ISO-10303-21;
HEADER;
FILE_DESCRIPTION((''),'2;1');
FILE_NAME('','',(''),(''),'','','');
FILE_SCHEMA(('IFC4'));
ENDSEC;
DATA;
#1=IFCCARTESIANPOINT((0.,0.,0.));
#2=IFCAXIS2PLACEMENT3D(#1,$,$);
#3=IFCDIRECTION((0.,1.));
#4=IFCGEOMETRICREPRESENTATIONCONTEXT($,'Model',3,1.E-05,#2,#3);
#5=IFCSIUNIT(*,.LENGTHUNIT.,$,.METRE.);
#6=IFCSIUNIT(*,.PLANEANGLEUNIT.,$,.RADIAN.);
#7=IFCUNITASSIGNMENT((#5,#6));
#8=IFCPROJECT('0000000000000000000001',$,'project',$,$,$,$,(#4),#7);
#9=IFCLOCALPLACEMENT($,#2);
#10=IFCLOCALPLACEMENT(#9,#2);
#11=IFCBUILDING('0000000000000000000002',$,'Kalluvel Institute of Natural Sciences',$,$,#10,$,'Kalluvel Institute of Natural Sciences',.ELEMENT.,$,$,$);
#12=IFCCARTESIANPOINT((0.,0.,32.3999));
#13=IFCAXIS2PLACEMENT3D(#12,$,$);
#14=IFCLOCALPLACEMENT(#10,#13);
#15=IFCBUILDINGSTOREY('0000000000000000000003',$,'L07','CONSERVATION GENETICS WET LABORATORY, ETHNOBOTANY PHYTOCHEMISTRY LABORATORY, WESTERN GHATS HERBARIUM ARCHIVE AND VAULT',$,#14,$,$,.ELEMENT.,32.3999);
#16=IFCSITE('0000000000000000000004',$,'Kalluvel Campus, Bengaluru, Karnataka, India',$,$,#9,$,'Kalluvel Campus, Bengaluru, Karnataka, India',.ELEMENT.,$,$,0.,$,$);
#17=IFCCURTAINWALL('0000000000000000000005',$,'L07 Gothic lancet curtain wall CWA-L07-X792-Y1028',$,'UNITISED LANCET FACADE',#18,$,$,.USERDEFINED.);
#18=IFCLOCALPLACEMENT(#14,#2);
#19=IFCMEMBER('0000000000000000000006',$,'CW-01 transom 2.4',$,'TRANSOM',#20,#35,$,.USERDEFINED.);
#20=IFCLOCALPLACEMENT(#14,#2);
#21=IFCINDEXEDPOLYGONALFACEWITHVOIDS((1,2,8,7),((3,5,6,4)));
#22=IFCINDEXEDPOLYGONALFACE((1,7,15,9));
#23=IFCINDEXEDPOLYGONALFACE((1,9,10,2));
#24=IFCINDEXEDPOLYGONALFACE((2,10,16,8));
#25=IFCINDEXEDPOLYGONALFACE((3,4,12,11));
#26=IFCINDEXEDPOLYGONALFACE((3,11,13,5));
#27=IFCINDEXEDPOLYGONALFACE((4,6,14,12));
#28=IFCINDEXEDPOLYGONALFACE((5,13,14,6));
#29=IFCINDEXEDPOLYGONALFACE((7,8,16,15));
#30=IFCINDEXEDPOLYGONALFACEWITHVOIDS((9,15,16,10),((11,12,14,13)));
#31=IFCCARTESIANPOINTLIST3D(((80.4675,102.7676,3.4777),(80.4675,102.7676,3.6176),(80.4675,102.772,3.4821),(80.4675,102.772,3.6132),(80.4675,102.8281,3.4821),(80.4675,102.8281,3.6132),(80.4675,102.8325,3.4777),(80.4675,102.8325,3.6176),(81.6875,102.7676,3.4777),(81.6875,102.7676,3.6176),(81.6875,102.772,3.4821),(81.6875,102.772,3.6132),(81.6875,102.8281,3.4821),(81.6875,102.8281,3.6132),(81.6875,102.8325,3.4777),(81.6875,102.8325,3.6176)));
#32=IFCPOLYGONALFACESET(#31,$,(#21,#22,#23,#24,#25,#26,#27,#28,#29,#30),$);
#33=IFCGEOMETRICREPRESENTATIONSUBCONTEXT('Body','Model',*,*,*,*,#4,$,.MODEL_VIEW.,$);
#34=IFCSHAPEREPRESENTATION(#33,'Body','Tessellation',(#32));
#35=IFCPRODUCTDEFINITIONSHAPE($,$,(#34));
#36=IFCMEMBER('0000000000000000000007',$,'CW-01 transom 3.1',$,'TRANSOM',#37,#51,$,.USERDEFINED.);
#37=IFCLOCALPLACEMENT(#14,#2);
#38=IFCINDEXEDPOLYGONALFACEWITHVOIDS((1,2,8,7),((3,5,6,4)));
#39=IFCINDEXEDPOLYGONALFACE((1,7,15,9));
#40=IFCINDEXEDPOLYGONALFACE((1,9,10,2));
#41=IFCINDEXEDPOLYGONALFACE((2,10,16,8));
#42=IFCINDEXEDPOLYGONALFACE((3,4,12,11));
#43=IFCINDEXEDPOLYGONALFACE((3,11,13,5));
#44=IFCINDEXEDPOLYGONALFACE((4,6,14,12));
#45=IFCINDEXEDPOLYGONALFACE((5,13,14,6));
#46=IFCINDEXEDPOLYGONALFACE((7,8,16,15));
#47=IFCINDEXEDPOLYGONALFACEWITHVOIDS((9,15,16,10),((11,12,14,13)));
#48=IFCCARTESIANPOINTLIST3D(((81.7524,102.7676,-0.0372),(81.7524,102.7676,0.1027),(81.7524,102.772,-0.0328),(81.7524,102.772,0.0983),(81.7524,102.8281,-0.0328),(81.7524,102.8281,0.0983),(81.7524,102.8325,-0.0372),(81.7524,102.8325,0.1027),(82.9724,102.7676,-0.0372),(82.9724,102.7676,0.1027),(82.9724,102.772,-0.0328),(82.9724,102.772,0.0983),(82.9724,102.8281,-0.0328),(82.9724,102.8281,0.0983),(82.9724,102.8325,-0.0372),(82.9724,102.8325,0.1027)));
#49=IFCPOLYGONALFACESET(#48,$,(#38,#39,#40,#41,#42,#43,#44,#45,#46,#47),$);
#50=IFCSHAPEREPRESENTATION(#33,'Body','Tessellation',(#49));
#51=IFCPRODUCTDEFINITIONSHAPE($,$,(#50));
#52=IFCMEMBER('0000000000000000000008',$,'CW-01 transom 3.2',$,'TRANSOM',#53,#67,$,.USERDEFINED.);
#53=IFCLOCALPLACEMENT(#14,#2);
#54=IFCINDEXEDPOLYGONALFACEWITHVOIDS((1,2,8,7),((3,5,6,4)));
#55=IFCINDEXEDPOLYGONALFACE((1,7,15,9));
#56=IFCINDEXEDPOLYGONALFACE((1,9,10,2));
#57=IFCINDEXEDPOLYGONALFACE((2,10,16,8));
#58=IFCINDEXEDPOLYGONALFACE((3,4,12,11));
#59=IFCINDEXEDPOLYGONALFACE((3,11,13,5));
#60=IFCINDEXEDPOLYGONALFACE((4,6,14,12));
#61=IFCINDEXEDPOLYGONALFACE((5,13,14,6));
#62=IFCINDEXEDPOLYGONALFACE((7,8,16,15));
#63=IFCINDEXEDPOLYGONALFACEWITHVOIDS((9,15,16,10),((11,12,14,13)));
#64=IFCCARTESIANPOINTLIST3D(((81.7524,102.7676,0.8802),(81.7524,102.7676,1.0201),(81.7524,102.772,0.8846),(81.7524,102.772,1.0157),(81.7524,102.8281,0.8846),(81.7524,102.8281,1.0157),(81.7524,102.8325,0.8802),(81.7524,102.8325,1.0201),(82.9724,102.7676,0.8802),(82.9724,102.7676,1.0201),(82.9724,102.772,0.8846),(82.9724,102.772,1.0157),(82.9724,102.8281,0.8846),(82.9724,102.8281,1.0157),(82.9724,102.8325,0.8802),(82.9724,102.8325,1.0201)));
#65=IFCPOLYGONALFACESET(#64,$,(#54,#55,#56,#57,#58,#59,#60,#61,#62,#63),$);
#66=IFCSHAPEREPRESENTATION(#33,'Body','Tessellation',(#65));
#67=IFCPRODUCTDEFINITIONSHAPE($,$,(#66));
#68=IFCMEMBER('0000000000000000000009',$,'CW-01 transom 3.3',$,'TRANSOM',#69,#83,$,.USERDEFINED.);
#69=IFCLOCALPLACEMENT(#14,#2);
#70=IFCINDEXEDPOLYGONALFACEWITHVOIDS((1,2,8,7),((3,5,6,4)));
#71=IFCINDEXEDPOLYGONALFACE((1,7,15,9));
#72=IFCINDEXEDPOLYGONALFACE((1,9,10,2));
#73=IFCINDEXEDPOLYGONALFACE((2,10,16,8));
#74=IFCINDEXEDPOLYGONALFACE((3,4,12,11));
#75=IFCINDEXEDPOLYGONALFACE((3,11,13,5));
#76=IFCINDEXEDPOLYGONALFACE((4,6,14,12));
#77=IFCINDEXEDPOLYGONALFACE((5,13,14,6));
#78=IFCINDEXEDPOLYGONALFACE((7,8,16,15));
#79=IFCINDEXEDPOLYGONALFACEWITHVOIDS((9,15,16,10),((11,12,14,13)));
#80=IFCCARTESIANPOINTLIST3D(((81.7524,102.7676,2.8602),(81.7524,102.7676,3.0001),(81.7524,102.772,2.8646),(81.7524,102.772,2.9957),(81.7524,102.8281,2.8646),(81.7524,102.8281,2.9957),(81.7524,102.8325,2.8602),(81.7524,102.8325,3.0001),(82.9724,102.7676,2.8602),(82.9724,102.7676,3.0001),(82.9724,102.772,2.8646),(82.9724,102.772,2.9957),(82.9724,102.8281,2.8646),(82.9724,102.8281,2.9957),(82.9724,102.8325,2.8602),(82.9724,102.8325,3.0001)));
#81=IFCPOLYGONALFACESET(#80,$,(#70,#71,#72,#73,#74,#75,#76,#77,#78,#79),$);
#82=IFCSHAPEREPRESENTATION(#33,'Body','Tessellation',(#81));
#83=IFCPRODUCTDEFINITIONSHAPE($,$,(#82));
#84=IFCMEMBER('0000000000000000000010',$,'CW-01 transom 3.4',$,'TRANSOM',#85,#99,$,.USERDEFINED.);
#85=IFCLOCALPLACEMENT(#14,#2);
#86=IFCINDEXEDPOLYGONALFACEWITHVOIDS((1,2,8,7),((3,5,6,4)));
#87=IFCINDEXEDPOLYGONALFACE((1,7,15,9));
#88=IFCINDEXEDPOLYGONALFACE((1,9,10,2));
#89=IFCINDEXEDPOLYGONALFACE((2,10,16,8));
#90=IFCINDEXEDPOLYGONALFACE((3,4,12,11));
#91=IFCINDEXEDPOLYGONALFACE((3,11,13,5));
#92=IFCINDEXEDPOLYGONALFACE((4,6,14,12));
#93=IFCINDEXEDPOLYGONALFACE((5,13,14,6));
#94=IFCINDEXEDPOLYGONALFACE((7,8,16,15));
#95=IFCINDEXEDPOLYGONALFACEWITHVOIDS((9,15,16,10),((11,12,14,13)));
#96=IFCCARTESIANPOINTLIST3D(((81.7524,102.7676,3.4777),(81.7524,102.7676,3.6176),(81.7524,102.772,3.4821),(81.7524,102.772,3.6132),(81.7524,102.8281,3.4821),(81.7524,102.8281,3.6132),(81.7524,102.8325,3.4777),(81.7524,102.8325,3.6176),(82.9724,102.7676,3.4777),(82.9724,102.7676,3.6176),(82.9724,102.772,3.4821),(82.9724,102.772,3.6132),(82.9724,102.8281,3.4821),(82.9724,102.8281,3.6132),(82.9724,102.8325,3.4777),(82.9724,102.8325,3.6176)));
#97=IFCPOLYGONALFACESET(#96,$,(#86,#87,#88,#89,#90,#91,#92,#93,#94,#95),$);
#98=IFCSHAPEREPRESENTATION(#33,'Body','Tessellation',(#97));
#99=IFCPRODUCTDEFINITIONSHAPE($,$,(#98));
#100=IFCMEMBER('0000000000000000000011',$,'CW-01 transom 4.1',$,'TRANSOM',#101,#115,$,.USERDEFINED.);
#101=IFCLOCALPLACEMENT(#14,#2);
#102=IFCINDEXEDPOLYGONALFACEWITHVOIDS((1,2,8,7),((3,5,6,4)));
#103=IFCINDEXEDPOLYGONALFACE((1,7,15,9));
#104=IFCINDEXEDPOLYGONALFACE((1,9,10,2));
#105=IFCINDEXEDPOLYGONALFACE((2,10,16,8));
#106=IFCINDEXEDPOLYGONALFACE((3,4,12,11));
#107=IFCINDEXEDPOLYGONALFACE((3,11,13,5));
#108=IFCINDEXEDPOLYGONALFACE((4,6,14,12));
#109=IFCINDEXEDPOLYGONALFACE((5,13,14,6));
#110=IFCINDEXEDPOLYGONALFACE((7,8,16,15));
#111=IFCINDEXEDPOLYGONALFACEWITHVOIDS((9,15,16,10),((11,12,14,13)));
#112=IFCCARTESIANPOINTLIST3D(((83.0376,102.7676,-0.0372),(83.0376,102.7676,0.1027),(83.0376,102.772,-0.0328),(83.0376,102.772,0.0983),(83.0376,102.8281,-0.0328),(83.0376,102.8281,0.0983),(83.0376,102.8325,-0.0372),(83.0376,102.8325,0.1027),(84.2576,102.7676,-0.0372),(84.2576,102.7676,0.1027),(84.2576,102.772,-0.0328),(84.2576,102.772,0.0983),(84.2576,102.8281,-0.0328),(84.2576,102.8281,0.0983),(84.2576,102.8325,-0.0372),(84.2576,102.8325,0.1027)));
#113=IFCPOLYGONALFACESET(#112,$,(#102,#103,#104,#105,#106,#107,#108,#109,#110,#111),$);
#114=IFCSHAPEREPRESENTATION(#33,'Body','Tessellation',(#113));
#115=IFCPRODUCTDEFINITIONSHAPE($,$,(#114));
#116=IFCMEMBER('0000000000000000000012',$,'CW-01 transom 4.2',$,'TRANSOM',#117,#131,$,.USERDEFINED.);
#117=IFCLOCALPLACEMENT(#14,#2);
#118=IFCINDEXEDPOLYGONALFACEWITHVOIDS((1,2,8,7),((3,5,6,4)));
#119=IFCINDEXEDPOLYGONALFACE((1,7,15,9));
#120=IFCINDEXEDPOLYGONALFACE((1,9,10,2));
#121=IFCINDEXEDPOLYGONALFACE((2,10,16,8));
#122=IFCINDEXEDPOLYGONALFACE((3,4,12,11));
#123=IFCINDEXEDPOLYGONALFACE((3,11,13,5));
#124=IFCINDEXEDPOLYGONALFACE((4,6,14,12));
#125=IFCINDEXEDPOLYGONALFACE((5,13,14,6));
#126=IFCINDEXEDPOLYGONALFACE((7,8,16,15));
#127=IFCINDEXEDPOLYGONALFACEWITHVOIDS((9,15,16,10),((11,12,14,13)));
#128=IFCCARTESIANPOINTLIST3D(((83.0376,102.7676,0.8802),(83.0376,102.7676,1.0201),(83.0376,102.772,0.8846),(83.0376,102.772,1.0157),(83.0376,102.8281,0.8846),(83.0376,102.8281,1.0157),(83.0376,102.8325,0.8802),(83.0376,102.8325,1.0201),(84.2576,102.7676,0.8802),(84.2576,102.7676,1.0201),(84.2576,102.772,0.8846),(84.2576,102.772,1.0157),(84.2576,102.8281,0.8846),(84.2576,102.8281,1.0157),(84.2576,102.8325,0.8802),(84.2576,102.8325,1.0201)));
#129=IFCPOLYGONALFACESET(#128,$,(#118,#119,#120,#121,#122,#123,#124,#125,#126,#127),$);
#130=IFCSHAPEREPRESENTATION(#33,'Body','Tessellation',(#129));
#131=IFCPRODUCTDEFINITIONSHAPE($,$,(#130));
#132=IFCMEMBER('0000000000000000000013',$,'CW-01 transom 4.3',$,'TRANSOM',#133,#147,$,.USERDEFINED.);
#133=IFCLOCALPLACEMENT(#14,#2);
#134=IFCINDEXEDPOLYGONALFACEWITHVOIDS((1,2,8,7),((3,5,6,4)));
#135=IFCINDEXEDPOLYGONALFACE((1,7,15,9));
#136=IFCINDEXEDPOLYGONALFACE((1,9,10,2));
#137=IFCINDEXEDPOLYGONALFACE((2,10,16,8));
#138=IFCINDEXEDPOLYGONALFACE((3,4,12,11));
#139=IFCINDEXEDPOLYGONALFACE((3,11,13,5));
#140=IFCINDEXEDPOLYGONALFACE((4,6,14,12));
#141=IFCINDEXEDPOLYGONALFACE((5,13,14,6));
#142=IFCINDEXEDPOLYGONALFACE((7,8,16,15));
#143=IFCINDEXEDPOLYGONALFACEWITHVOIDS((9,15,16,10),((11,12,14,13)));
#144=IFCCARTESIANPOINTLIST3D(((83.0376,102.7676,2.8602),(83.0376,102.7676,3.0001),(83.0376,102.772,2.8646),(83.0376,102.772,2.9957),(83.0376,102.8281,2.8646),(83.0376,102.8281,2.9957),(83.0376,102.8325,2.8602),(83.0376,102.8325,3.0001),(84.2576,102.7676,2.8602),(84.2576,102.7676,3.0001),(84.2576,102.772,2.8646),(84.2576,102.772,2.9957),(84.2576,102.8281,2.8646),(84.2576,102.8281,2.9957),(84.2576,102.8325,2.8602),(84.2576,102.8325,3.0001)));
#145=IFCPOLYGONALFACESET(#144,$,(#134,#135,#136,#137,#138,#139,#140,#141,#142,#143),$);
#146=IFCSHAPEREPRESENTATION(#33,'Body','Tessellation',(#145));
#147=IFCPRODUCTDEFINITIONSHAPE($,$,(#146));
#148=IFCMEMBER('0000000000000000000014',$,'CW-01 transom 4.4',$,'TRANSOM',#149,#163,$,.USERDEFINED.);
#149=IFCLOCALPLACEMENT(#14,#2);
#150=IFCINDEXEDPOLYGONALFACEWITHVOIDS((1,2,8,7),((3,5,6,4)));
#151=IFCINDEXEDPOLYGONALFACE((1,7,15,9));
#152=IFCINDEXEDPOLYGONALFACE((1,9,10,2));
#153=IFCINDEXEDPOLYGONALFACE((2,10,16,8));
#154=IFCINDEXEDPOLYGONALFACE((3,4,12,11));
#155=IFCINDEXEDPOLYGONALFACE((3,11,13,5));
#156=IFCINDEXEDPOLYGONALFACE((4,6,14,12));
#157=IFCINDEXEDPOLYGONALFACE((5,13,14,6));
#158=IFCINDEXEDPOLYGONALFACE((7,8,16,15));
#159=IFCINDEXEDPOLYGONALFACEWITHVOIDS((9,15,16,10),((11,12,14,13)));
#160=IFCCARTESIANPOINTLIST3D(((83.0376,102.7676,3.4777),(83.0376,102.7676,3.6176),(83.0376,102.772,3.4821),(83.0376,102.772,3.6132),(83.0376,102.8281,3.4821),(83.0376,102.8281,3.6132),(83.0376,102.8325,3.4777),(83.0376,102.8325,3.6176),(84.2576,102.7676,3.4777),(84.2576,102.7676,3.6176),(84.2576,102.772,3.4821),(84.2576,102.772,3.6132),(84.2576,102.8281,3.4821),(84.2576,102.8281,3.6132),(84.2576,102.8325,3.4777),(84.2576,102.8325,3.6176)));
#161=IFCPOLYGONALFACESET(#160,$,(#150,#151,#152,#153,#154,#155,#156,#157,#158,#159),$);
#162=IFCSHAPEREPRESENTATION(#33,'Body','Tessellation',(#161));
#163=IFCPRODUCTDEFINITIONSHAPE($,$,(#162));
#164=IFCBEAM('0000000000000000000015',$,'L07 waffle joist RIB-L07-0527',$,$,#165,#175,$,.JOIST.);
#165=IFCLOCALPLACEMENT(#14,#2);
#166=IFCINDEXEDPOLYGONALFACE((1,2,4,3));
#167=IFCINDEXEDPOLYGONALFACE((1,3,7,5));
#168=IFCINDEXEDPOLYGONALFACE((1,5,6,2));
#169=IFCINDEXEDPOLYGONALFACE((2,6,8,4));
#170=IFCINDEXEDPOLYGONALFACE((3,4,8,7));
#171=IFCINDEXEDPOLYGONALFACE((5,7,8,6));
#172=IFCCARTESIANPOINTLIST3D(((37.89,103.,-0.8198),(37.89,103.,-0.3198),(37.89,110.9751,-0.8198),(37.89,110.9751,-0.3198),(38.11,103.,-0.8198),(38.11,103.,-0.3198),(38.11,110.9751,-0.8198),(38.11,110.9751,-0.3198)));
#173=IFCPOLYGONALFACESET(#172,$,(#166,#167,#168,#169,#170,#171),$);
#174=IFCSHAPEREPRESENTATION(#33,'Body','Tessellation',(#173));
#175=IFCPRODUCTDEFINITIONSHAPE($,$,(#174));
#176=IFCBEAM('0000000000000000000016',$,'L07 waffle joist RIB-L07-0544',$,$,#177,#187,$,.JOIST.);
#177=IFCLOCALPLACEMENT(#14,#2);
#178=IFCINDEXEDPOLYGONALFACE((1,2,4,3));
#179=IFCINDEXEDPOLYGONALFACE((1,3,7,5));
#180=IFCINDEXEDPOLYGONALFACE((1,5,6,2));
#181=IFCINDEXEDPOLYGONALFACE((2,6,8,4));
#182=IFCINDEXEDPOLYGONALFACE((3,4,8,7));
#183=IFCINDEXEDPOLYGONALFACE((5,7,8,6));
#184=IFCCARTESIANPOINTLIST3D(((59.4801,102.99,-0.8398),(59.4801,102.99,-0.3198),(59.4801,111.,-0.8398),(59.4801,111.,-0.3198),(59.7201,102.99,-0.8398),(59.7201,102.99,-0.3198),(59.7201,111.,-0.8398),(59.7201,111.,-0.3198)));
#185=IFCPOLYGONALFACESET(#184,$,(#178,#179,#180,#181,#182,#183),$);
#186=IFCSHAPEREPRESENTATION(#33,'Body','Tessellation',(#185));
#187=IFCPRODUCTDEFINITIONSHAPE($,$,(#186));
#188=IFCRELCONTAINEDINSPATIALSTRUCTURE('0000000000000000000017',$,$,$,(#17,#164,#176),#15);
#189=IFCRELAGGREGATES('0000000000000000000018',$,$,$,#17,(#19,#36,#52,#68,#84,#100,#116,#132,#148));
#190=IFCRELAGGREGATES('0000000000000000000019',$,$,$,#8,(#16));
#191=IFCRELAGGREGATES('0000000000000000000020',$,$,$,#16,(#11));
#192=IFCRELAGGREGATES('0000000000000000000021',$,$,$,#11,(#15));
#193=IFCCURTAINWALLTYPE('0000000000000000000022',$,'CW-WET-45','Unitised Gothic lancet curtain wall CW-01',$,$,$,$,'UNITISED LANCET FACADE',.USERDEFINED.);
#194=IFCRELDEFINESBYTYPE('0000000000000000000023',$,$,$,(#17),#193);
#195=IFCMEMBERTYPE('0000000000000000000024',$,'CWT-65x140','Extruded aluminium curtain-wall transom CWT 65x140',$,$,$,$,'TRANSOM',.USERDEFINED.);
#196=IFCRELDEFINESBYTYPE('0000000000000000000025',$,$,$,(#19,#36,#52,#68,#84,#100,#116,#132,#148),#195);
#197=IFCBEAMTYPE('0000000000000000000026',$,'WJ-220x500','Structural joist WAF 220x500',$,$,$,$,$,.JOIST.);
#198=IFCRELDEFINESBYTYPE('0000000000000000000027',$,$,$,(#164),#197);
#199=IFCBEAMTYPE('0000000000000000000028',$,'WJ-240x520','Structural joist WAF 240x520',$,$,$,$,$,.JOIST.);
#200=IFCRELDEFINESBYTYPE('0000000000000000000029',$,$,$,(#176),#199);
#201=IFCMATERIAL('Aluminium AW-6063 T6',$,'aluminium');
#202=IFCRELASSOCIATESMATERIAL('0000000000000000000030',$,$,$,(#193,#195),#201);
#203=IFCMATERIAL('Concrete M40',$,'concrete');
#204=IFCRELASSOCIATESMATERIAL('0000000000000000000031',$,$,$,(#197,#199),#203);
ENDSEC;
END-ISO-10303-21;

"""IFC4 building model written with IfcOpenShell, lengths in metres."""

from ifc_helpers import new_model, si_unit, direction, frame, origin, origin_2d, place, context, subcontext, project, spatial, rectangle, hollow_rectangle, extrude, material, material_profile, profile_set, type_object, element, aggregate, save


model = new_model("IFC4")

# Units and contexts
model_context = context("Model", 3, precision=1e-05, world=origin(), true_north=direction((0.0, 1.0)))
body_context = subcontext(model_context, "Body", "Model", "MODEL_VIEW")
ifc_project = project(units=[si_unit("LENGTHUNIT", "METRE"), si_unit("PLANEANGLEUNIT", "RADIAN")], contexts=[model_context])

# Site, building, storey
site_placement = place(None, origin())
site = spatial("IfcSite", under=ifc_project, at=site_placement, Name="Kalluvel Campus, Bengaluru, Karnataka, India", LongName="Kalluvel Campus, Bengaluru, Karnataka, India", CompositionType="ELEMENT", RefElevation=0.0)
building_placement = place(site_placement, origin())
building = spatial("IfcBuilding", under=site, at=building_placement, Name="Kalluvel Institute of Natural Sciences", LongName="Kalluvel Institute of Natural Sciences", CompositionType="ELEMENT")
storey_placement = place(building_placement, frame((0.0, 0.0, 32.3999)))
storey = spatial("IfcBuildingStorey", under=building, at=storey_placement, Name="L07", Description="CONSERVATION GENETICS WET LABORATORY, ETHNOBOTANY PHYTOCHEMISTRY LABORATORY, WESTERN GHATS HERBARIUM ARCHIVE AND VAULT", CompositionType="ELEMENT", Elevation=32.3999)

# Curtain wall, members
ifc_material_1 = material(Name="Aluminium AW-6063 T6", Category="aluminium")
curtain_wall_type = type_object("IfcCurtainWallType", Name="CW-WET-45", Description="Unitised Gothic lancet curtain wall CW-01", ElementType="UNITISED LANCET FACADE", PredefinedType="USERDEFINED", material=ifc_material_1)
curtain_wall_placement = place(storey_placement, origin())
curtain_wall = element("IfcCurtainWall", 1, at=curtain_wall_placement, inside=storey, type_object=curtain_wall_type, Name="L07 Gothic lancet curtain wall CWA-L07-X792-Y1028", ObjectType="UNITISED LANCET FACADE", PredefinedType="USERDEFINED")
ifc_material_profile_1 = material_profile(ifc_material_1, hollow_rectangle(XDim=0.0649, YDim=0.1399, WallThickness=0.0044, at=origin_2d()), Name="CWT 65x140")
ifc_profile_set_1 = profile_set([ifc_material_profile_1], Name="Aluminium AW-6063 T6")
member_type_1 = type_object("IfcMemberType", Name="CWT-65x140", Description="Extruded aluminium curtain-wall transom CWT 65x140", ElementType="TRANSOM", PredefinedType="USERDEFINED", material=ifc_profile_set_1)
member_1_placement = place(storey_placement, frame((80.4675, 102.8, 3.5476), z_axis=(1.0, 0.0, 0.0), x_axis=(0.0, 1.0, 0.0)))
member_1 = element("IfcMember", 2, at=member_1_placement, type_object=member_type_1, Name="CW-01 transom 2.4", ObjectType="TRANSOM", PredefinedType="USERDEFINED", context=body_context, shape_type="SweptSolid", body=[
    extrude(hollow_rectangle(XDim=0.0649, YDim=0.1399, WallThickness=0.0044, at=origin_2d()), origin(), (0.0, 0.0, 1.0), 1.22),
])
member_2_placement = place(storey_placement, frame((81.7524, 102.8, 0.0327), z_axis=(1.0, 0.0, 0.0), x_axis=(0.0, 1.0, 0.0)))
member_2 = element("IfcMember", 3, at=member_2_placement, type_object=member_type_1, Name="CW-01 transom 3.1", ObjectType="TRANSOM", PredefinedType="USERDEFINED", context=body_context, shape_type="SweptSolid", body=[
    extrude(hollow_rectangle(XDim=0.0649, YDim=0.1399, WallThickness=0.0044, at=origin_2d()), origin(), (0.0, 0.0, 1.0), 1.22),
])
member_3_placement = place(storey_placement, frame((81.7524, 102.8, 0.9502), z_axis=(1.0, 0.0, 0.0), x_axis=(0.0, 1.0, 0.0)))
member_3 = element("IfcMember", 4, at=member_3_placement, type_object=member_type_1, Name="CW-01 transom 3.2", ObjectType="TRANSOM", PredefinedType="USERDEFINED", context=body_context, shape_type="SweptSolid", body=[
    extrude(hollow_rectangle(XDim=0.0649, YDim=0.1399, WallThickness=0.0044, at=origin_2d()), origin(), (0.0, 0.0, 1.0), 1.22),
])
member_4_placement = place(storey_placement, frame((81.7524, 102.8, 2.9302), z_axis=(1.0, 0.0, 0.0), x_axis=(0.0, 1.0, 0.0)))
member_4 = element("IfcMember", 5, at=member_4_placement, type_object=member_type_1, Name="CW-01 transom 3.3", ObjectType="TRANSOM", PredefinedType="USERDEFINED", context=body_context, shape_type="SweptSolid", body=[
    extrude(hollow_rectangle(XDim=0.0649, YDim=0.1399, WallThickness=0.0044, at=origin_2d()), origin(), (0.0, 0.0, 1.0), 1.22),
])
member_5_placement = place(storey_placement, frame((81.7524, 102.8, 3.5476), z_axis=(1.0, 0.0, 0.0), x_axis=(0.0, 1.0, 0.0)))
member_5 = element("IfcMember", 6, at=member_5_placement, type_object=member_type_1, Name="CW-01 transom 3.4", ObjectType="TRANSOM", PredefinedType="USERDEFINED", context=body_context, shape_type="SweptSolid", body=[
    extrude(hollow_rectangle(XDim=0.0649, YDim=0.1399, WallThickness=0.0044, at=origin_2d()), origin(), (0.0, 0.0, 1.0), 1.22),
])
member_6_placement = place(storey_placement, frame((83.0376, 102.8, 0.0327), z_axis=(1.0, 0.0, 0.0), x_axis=(0.0, 1.0, 0.0)))
member_6 = element("IfcMember", 7, at=member_6_placement, type_object=member_type_1, Name="CW-01 transom 4.1", ObjectType="TRANSOM", PredefinedType="USERDEFINED", context=body_context, shape_type="SweptSolid", body=[
    extrude(hollow_rectangle(XDim=0.0649, YDim=0.1399, WallThickness=0.0044, at=origin_2d()), origin(), (0.0, 0.0, 1.0), 1.22),
])
member_7_placement = place(storey_placement, frame((83.0376, 102.8, 0.9502), z_axis=(1.0, 0.0, 0.0), x_axis=(0.0, 1.0, 0.0)))
member_7 = element("IfcMember", 8, at=member_7_placement, type_object=member_type_1, Name="CW-01 transom 4.2", ObjectType="TRANSOM", PredefinedType="USERDEFINED", context=body_context, shape_type="SweptSolid", body=[
    extrude(hollow_rectangle(XDim=0.0649, YDim=0.1399, WallThickness=0.0044, at=origin_2d()), origin(), (0.0, 0.0, 1.0), 1.22),
])
member_8_placement = place(storey_placement, frame((83.0376, 102.8, 2.9302), z_axis=(1.0, 0.0, 0.0), x_axis=(0.0, 1.0, 0.0)))
member_8 = element("IfcMember", 9, at=member_8_placement, type_object=member_type_1, Name="CW-01 transom 4.3", ObjectType="TRANSOM", PredefinedType="USERDEFINED", context=body_context, shape_type="SweptSolid", body=[
    extrude(hollow_rectangle(XDim=0.0649, YDim=0.1399, WallThickness=0.0044, at=origin_2d()), origin(), (0.0, 0.0, 1.0), 1.22),
])
member_9_placement = place(storey_placement, frame((83.0376, 102.8, 3.5476), z_axis=(1.0, 0.0, 0.0), x_axis=(0.0, 1.0, 0.0)))
member_9 = element("IfcMember", 10, at=member_9_placement, type_object=member_type_1, Name="CW-01 transom 4.4", ObjectType="TRANSOM", PredefinedType="USERDEFINED", context=body_context, shape_type="SweptSolid", body=[
    extrude(hollow_rectangle(XDim=0.0649, YDim=0.1399, WallThickness=0.0044, at=origin_2d()), origin(), (0.0, 0.0, 1.0), 1.22),
])

# Beams
ifc_material_2 = material(Name="Concrete M40", Category="concrete")
ifc_material_profile_2 = material_profile(ifc_material_2, rectangle(XDim=0.22, YDim=0.5, at=origin_2d()), Name="WAF 220x500")
ifc_profile_set_2 = profile_set([ifc_material_profile_2], Name="Concrete M40")
beam_type_1 = type_object("IfcBeamType", Name="WJ-220x500", Description="Structural joist WAF 220x500", PredefinedType="JOIST", material=ifc_profile_set_2)
beam_1_placement = place(storey_placement, frame((38.0, 103.0, -0.5698), z_axis=(0.0, 1.0, 0.0), x_axis=(-1.0, 0.0, 0.0)))
element("IfcBeam", 11, at=beam_1_placement, inside=storey, type_object=beam_type_1, Name="L07 waffle joist RIB-L07-0527", PredefinedType="JOIST", context=body_context, shape_type="SweptSolid", body=[
    extrude(rectangle(XDim=0.22, YDim=0.5, at=origin_2d()), origin(), (0.0, 0.0, 1.0), 7.9751),
])
ifc_material_profile_3 = material_profile(ifc_material_2, rectangle(XDim=0.24, YDim=0.52, at=origin_2d()), Name="WAF 240x520")
ifc_profile_set_3 = profile_set([ifc_material_profile_3], Name="Concrete M40")
beam_type_2 = type_object("IfcBeamType", Name="WJ-240x520", Description="Structural joist WAF 240x520", PredefinedType="JOIST", material=ifc_profile_set_3)
beam_2_placement = place(storey_placement, frame((59.6001, 102.99, -0.5798), z_axis=(0.0, 1.0, 0.0), x_axis=(-1.0, 0.0, 0.0)))
element("IfcBeam", 12, at=beam_2_placement, inside=storey, type_object=beam_type_2, Name="L07 waffle joist RIB-L07-0544", PredefinedType="JOIST", context=body_context, shape_type="SweptSolid", body=[
    extrude(rectangle(XDim=0.24, YDim=0.52, at=origin_2d()), origin(), (0.0, 0.0, 1.0), 8.01),
])

aggregate(curtain_wall, [member_1, member_2, member_3, member_4, member_5, member_6, member_7, member_8, member_9])

save(model, "model.ifc")
